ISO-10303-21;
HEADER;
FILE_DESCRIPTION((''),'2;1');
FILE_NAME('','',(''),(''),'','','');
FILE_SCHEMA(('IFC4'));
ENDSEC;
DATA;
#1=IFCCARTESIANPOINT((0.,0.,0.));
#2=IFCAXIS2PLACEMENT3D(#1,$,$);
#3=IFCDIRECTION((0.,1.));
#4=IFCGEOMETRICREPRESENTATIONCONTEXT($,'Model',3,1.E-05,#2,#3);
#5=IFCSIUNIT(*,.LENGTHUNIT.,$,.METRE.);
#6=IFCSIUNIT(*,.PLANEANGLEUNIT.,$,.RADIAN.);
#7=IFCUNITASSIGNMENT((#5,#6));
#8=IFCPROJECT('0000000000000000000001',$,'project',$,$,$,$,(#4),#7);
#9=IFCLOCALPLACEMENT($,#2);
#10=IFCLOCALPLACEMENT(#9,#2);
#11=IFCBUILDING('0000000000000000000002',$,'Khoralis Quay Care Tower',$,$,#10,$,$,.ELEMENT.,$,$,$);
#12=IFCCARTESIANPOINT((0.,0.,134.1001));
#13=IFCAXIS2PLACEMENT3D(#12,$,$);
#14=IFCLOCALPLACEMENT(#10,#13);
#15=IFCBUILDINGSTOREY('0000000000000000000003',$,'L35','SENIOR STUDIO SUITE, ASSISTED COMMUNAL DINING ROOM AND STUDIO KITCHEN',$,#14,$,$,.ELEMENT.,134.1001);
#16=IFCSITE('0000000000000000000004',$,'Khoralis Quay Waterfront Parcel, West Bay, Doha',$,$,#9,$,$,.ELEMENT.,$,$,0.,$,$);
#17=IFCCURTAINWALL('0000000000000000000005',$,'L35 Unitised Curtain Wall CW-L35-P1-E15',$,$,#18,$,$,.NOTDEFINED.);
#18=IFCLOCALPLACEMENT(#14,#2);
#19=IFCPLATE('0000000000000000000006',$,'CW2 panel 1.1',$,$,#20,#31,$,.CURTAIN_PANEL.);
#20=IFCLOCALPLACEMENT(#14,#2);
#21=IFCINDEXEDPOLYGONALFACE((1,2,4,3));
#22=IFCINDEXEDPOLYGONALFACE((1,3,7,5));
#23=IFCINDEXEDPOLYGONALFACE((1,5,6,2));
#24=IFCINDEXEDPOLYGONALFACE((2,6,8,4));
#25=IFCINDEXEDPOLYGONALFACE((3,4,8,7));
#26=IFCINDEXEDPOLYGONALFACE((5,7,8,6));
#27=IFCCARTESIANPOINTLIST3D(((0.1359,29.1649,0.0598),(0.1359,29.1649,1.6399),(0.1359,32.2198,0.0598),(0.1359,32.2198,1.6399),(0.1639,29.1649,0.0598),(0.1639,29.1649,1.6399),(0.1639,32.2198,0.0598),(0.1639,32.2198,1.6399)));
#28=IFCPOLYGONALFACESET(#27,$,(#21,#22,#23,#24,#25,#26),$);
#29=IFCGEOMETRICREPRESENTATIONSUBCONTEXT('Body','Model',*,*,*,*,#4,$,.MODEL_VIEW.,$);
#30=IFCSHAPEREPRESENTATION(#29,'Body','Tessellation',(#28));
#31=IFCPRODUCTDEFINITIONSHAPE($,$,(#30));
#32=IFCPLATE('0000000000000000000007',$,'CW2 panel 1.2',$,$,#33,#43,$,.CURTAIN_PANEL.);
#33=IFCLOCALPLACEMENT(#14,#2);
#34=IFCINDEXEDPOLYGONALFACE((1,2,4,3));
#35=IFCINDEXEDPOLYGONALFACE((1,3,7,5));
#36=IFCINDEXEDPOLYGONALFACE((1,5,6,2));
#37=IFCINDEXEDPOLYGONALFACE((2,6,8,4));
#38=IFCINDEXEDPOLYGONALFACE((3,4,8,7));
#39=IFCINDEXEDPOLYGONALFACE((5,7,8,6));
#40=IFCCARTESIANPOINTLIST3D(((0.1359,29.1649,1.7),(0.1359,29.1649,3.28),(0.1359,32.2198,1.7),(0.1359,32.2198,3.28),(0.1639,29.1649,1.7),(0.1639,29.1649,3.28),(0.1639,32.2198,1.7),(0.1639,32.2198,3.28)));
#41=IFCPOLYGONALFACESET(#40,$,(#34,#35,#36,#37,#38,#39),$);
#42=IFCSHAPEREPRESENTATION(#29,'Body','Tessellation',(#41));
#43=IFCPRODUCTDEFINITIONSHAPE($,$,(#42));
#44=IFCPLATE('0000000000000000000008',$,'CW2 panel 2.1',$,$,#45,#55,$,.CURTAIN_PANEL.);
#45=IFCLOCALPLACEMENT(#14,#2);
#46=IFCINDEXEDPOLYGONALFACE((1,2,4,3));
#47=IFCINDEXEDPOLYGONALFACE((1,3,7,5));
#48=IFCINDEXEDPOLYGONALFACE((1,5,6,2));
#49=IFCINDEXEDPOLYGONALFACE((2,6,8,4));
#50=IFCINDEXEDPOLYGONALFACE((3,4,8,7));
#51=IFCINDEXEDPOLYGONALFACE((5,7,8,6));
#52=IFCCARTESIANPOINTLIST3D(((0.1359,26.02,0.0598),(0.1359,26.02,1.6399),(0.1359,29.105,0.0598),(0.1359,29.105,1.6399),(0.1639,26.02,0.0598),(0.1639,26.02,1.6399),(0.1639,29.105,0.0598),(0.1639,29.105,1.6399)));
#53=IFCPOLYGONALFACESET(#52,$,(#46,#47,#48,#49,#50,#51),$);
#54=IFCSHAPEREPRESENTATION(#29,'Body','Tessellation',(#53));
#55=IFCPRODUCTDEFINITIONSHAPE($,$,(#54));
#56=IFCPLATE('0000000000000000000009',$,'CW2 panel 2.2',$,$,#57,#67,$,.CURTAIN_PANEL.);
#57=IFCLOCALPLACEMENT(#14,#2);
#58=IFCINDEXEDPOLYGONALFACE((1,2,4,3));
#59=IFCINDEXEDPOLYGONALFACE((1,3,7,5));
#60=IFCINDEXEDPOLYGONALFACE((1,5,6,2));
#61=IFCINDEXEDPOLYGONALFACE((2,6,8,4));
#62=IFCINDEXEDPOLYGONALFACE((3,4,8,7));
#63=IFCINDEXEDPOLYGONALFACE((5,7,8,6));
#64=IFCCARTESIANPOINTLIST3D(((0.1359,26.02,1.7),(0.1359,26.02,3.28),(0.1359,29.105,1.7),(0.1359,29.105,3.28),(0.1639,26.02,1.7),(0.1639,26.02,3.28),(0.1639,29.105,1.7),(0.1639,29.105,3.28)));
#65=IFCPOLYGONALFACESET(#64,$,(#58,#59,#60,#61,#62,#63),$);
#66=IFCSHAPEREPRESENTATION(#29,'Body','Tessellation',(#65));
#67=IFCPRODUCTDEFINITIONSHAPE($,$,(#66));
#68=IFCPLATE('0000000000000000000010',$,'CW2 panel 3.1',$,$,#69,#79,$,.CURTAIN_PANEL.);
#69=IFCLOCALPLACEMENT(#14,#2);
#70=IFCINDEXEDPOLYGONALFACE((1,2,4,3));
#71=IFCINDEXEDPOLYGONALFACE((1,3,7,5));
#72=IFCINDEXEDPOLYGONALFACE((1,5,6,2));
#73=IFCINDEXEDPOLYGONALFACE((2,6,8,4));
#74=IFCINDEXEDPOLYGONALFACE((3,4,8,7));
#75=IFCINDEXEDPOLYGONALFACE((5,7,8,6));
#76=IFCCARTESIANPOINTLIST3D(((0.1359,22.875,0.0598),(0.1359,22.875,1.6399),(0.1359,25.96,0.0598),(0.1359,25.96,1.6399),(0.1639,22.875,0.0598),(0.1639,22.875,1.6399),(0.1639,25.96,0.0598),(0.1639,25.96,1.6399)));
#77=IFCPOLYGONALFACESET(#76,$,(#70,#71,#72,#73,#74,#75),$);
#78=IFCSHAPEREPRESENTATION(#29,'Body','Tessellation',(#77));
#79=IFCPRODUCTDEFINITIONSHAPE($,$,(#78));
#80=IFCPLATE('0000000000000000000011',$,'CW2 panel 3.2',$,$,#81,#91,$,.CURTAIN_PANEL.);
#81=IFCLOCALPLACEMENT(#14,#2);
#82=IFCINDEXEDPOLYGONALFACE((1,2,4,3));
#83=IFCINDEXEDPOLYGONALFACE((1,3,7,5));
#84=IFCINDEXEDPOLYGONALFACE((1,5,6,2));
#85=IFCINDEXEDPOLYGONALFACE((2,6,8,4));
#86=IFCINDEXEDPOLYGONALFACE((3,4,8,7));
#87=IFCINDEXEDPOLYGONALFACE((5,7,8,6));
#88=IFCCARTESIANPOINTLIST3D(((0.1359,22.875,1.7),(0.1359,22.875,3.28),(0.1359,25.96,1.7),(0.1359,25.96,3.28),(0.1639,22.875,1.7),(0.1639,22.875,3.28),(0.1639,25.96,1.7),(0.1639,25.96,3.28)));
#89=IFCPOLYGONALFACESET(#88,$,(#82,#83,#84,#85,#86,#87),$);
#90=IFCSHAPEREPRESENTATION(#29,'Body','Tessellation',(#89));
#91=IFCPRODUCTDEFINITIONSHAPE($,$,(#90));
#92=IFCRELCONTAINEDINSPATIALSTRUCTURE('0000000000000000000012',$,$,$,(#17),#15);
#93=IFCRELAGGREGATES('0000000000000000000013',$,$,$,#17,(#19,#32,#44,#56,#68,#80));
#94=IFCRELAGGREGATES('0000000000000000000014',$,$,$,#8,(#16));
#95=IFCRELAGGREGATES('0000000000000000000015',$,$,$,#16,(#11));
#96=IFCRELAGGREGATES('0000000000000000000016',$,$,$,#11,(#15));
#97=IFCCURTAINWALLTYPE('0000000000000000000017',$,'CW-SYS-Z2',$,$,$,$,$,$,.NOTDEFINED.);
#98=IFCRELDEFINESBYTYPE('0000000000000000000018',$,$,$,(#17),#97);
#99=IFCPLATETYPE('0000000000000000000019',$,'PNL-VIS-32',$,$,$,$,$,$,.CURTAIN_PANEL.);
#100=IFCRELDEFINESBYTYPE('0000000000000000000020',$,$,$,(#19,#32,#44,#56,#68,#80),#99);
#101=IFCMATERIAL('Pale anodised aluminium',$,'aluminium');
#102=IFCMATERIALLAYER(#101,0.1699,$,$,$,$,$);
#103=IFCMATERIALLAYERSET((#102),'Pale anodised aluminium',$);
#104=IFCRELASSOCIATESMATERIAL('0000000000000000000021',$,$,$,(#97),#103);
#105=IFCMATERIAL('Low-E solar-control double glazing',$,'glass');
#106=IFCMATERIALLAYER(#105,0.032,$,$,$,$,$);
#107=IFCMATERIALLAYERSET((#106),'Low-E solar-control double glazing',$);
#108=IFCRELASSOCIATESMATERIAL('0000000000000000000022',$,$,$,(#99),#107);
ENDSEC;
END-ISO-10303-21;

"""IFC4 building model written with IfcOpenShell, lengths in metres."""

from ifc_helpers import new_model, si_unit, direction, frame, origin, origin_2d, place, context, subcontext, project, spatial, rectangle, extrude, source, transform, mapped, material, layer, layer_set, type_object, element, aggregate, save


model = new_model("IFC4")

# Units and contexts
model_context = context("Model", 3, precision=1e-05, world=origin(), true_north=direction((0.0, 1.0)))
body_context = subcontext(model_context, "Body", "Model", "MODEL_VIEW")
ifc_project = project(units=[si_unit("LENGTHUNIT", "METRE"), si_unit("PLANEANGLEUNIT", "RADIAN")], contexts=[model_context])

# Site, building, storey
site_placement = place(None, origin())
site = spatial("IfcSite", under=ifc_project, at=site_placement, Name="Khoralis Quay Waterfront Parcel, West Bay, Doha", CompositionType="ELEMENT", RefElevation=0.0)
building_placement = place(site_placement, origin())
building = spatial("IfcBuilding", under=site, at=building_placement, Name="Khoralis Quay Care Tower", CompositionType="ELEMENT")
storey_placement = place(building_placement, frame((0.0, 0.0, 134.1001)))
storey = spatial("IfcBuildingStorey", under=building, at=storey_placement, Name="L35", Description="SENIOR STUDIO SUITE, ASSISTED COMMUNAL DINING ROOM AND STUDIO KITCHEN", CompositionType="ELEMENT", Elevation=134.1001)

# Curtain wall, plates
ifc_material_1 = material(Name="Pale anodised aluminium", Category="aluminium")
ifc_layer_1 = layer(ifc_material_1, 0.1699)
ifc_layer_set_1 = layer_set([ifc_layer_1], Name="Pale anodised aluminium")
curtain_wall_type = type_object("IfcCurtainWallType", Name="CW-SYS-Z2", PredefinedType="NOTDEFINED", material=ifc_layer_set_1)
curtain_wall_placement = place(storey_placement, origin())
curtain_wall = element("IfcCurtainWall", 1, at=curtain_wall_placement, inside=storey, type_object=curtain_wall_type, Name="L35 Unitised Curtain Wall CW-L35-P1-E15", PredefinedType="NOTDEFINED")
ifc_material_2 = material(Name="Low-E solar-control double glazing", Category="glass")
ifc_layer_2 = layer(ifc_material_2, 0.032)
ifc_layer_set_2 = layer_set([ifc_layer_2], Name="Low-E solar-control double glazing")
plate_type = type_object("IfcPlateType", Name="PNL-VIS-32", PredefinedType="CURTAIN_PANEL", material=ifc_layer_set_2)
shared_shape_1 = source(origin(), body_context, "Body", "SweptSolid", [
    extrude(rectangle(XDim=3.0549, YDim=0.0281, at=origin_2d()), origin(), (0.0, 0.0, 1.0), 1.5801),
])
plate_1_placement = place(storey_placement, frame((0.1499, 30.6924, 0.0598), z_axis=(0.0, 0.0, 1.0), x_axis=(0.0, -1.0, 0.0)))
plate_1 = element("IfcPlate", 2, at=plate_1_placement, type_object=plate_type, Name="CW2 panel 1.1", PredefinedType="CURTAIN_PANEL", context=body_context, shape_type="MappedRepresentation", body=[
    mapped(shared_shape_1, transform((0.0, 0.0, 0.0), scale=1.0)),
])
plate_2_placement = place(storey_placement, frame((0.1499, 30.6924, 1.7), z_axis=(0.0, 0.0, 1.0), x_axis=(0.0, -1.0, 0.0)))
plate_2 = element("IfcPlate", 3, at=plate_2_placement, type_object=plate_type, Name="CW2 panel 1.2", PredefinedType="CURTAIN_PANEL", context=body_context, shape_type="MappedRepresentation", body=[
    mapped(shared_shape_1, transform((0.0, 0.0, 0.0), scale=1.0)),
])
shared_shape_2 = source(origin(), body_context, "Body", "SweptSolid", [
    extrude(rectangle(XDim=3.085, YDim=0.0281, at=origin_2d()), origin(), (0.0, 0.0, 1.0), 1.5801),
])
plate_3_placement = place(storey_placement, frame((0.1499, 27.5625, 0.0598), z_axis=(0.0, 0.0, 1.0), x_axis=(0.0, -1.0, 0.0)))
plate_3 = element("IfcPlate", 4, at=plate_3_placement, type_object=plate_type, Name="CW2 panel 2.1", PredefinedType="CURTAIN_PANEL", context=body_context, shape_type="MappedRepresentation", body=[
    mapped(shared_shape_2, transform((0.0, 0.0, 0.0), scale=1.0)),
])
plate_4_placement = place(storey_placement, frame((0.1499, 27.5625, 1.7), z_axis=(0.0, 0.0, 1.0), x_axis=(0.0, -1.0, 0.0)))
plate_4 = element("IfcPlate", 5, at=plate_4_placement, type_object=plate_type, Name="CW2 panel 2.2", PredefinedType="CURTAIN_PANEL", context=body_context, shape_type="MappedRepresentation", body=[
    mapped(shared_shape_2, transform((0.0, 0.0, 0.0), scale=1.0)),
])
plate_5_placement = place(storey_placement, frame((0.1499, 24.4175, 0.0598), z_axis=(0.0, 0.0, 1.0), x_axis=(0.0, -1.0, 0.0)))
plate_5 = element("IfcPlate", 6, at=plate_5_placement, type_object=plate_type, Name="CW2 panel 3.1", PredefinedType="CURTAIN_PANEL", context=body_context, shape_type="MappedRepresentation", body=[
    mapped(shared_shape_2, transform((0.0, 0.0, 0.0), scale=1.0)),
])
plate_6_placement = place(storey_placement, frame((0.1499, 24.4175, 1.7), z_axis=(0.0, 0.0, 1.0), x_axis=(0.0, -1.0, 0.0)))
plate_6 = element("IfcPlate", 7, at=plate_6_placement, type_object=plate_type, Name="CW2 panel 3.2", PredefinedType="CURTAIN_PANEL", context=body_context, shape_type="MappedRepresentation", body=[
    mapped(shared_shape_2, transform((0.0, 0.0, 0.0), scale=1.0)),
])
aggregate(curtain_wall, [plate_1, plate_2, plate_3, plate_4, plate_5, plate_6])

save(model, "model.ifc")
